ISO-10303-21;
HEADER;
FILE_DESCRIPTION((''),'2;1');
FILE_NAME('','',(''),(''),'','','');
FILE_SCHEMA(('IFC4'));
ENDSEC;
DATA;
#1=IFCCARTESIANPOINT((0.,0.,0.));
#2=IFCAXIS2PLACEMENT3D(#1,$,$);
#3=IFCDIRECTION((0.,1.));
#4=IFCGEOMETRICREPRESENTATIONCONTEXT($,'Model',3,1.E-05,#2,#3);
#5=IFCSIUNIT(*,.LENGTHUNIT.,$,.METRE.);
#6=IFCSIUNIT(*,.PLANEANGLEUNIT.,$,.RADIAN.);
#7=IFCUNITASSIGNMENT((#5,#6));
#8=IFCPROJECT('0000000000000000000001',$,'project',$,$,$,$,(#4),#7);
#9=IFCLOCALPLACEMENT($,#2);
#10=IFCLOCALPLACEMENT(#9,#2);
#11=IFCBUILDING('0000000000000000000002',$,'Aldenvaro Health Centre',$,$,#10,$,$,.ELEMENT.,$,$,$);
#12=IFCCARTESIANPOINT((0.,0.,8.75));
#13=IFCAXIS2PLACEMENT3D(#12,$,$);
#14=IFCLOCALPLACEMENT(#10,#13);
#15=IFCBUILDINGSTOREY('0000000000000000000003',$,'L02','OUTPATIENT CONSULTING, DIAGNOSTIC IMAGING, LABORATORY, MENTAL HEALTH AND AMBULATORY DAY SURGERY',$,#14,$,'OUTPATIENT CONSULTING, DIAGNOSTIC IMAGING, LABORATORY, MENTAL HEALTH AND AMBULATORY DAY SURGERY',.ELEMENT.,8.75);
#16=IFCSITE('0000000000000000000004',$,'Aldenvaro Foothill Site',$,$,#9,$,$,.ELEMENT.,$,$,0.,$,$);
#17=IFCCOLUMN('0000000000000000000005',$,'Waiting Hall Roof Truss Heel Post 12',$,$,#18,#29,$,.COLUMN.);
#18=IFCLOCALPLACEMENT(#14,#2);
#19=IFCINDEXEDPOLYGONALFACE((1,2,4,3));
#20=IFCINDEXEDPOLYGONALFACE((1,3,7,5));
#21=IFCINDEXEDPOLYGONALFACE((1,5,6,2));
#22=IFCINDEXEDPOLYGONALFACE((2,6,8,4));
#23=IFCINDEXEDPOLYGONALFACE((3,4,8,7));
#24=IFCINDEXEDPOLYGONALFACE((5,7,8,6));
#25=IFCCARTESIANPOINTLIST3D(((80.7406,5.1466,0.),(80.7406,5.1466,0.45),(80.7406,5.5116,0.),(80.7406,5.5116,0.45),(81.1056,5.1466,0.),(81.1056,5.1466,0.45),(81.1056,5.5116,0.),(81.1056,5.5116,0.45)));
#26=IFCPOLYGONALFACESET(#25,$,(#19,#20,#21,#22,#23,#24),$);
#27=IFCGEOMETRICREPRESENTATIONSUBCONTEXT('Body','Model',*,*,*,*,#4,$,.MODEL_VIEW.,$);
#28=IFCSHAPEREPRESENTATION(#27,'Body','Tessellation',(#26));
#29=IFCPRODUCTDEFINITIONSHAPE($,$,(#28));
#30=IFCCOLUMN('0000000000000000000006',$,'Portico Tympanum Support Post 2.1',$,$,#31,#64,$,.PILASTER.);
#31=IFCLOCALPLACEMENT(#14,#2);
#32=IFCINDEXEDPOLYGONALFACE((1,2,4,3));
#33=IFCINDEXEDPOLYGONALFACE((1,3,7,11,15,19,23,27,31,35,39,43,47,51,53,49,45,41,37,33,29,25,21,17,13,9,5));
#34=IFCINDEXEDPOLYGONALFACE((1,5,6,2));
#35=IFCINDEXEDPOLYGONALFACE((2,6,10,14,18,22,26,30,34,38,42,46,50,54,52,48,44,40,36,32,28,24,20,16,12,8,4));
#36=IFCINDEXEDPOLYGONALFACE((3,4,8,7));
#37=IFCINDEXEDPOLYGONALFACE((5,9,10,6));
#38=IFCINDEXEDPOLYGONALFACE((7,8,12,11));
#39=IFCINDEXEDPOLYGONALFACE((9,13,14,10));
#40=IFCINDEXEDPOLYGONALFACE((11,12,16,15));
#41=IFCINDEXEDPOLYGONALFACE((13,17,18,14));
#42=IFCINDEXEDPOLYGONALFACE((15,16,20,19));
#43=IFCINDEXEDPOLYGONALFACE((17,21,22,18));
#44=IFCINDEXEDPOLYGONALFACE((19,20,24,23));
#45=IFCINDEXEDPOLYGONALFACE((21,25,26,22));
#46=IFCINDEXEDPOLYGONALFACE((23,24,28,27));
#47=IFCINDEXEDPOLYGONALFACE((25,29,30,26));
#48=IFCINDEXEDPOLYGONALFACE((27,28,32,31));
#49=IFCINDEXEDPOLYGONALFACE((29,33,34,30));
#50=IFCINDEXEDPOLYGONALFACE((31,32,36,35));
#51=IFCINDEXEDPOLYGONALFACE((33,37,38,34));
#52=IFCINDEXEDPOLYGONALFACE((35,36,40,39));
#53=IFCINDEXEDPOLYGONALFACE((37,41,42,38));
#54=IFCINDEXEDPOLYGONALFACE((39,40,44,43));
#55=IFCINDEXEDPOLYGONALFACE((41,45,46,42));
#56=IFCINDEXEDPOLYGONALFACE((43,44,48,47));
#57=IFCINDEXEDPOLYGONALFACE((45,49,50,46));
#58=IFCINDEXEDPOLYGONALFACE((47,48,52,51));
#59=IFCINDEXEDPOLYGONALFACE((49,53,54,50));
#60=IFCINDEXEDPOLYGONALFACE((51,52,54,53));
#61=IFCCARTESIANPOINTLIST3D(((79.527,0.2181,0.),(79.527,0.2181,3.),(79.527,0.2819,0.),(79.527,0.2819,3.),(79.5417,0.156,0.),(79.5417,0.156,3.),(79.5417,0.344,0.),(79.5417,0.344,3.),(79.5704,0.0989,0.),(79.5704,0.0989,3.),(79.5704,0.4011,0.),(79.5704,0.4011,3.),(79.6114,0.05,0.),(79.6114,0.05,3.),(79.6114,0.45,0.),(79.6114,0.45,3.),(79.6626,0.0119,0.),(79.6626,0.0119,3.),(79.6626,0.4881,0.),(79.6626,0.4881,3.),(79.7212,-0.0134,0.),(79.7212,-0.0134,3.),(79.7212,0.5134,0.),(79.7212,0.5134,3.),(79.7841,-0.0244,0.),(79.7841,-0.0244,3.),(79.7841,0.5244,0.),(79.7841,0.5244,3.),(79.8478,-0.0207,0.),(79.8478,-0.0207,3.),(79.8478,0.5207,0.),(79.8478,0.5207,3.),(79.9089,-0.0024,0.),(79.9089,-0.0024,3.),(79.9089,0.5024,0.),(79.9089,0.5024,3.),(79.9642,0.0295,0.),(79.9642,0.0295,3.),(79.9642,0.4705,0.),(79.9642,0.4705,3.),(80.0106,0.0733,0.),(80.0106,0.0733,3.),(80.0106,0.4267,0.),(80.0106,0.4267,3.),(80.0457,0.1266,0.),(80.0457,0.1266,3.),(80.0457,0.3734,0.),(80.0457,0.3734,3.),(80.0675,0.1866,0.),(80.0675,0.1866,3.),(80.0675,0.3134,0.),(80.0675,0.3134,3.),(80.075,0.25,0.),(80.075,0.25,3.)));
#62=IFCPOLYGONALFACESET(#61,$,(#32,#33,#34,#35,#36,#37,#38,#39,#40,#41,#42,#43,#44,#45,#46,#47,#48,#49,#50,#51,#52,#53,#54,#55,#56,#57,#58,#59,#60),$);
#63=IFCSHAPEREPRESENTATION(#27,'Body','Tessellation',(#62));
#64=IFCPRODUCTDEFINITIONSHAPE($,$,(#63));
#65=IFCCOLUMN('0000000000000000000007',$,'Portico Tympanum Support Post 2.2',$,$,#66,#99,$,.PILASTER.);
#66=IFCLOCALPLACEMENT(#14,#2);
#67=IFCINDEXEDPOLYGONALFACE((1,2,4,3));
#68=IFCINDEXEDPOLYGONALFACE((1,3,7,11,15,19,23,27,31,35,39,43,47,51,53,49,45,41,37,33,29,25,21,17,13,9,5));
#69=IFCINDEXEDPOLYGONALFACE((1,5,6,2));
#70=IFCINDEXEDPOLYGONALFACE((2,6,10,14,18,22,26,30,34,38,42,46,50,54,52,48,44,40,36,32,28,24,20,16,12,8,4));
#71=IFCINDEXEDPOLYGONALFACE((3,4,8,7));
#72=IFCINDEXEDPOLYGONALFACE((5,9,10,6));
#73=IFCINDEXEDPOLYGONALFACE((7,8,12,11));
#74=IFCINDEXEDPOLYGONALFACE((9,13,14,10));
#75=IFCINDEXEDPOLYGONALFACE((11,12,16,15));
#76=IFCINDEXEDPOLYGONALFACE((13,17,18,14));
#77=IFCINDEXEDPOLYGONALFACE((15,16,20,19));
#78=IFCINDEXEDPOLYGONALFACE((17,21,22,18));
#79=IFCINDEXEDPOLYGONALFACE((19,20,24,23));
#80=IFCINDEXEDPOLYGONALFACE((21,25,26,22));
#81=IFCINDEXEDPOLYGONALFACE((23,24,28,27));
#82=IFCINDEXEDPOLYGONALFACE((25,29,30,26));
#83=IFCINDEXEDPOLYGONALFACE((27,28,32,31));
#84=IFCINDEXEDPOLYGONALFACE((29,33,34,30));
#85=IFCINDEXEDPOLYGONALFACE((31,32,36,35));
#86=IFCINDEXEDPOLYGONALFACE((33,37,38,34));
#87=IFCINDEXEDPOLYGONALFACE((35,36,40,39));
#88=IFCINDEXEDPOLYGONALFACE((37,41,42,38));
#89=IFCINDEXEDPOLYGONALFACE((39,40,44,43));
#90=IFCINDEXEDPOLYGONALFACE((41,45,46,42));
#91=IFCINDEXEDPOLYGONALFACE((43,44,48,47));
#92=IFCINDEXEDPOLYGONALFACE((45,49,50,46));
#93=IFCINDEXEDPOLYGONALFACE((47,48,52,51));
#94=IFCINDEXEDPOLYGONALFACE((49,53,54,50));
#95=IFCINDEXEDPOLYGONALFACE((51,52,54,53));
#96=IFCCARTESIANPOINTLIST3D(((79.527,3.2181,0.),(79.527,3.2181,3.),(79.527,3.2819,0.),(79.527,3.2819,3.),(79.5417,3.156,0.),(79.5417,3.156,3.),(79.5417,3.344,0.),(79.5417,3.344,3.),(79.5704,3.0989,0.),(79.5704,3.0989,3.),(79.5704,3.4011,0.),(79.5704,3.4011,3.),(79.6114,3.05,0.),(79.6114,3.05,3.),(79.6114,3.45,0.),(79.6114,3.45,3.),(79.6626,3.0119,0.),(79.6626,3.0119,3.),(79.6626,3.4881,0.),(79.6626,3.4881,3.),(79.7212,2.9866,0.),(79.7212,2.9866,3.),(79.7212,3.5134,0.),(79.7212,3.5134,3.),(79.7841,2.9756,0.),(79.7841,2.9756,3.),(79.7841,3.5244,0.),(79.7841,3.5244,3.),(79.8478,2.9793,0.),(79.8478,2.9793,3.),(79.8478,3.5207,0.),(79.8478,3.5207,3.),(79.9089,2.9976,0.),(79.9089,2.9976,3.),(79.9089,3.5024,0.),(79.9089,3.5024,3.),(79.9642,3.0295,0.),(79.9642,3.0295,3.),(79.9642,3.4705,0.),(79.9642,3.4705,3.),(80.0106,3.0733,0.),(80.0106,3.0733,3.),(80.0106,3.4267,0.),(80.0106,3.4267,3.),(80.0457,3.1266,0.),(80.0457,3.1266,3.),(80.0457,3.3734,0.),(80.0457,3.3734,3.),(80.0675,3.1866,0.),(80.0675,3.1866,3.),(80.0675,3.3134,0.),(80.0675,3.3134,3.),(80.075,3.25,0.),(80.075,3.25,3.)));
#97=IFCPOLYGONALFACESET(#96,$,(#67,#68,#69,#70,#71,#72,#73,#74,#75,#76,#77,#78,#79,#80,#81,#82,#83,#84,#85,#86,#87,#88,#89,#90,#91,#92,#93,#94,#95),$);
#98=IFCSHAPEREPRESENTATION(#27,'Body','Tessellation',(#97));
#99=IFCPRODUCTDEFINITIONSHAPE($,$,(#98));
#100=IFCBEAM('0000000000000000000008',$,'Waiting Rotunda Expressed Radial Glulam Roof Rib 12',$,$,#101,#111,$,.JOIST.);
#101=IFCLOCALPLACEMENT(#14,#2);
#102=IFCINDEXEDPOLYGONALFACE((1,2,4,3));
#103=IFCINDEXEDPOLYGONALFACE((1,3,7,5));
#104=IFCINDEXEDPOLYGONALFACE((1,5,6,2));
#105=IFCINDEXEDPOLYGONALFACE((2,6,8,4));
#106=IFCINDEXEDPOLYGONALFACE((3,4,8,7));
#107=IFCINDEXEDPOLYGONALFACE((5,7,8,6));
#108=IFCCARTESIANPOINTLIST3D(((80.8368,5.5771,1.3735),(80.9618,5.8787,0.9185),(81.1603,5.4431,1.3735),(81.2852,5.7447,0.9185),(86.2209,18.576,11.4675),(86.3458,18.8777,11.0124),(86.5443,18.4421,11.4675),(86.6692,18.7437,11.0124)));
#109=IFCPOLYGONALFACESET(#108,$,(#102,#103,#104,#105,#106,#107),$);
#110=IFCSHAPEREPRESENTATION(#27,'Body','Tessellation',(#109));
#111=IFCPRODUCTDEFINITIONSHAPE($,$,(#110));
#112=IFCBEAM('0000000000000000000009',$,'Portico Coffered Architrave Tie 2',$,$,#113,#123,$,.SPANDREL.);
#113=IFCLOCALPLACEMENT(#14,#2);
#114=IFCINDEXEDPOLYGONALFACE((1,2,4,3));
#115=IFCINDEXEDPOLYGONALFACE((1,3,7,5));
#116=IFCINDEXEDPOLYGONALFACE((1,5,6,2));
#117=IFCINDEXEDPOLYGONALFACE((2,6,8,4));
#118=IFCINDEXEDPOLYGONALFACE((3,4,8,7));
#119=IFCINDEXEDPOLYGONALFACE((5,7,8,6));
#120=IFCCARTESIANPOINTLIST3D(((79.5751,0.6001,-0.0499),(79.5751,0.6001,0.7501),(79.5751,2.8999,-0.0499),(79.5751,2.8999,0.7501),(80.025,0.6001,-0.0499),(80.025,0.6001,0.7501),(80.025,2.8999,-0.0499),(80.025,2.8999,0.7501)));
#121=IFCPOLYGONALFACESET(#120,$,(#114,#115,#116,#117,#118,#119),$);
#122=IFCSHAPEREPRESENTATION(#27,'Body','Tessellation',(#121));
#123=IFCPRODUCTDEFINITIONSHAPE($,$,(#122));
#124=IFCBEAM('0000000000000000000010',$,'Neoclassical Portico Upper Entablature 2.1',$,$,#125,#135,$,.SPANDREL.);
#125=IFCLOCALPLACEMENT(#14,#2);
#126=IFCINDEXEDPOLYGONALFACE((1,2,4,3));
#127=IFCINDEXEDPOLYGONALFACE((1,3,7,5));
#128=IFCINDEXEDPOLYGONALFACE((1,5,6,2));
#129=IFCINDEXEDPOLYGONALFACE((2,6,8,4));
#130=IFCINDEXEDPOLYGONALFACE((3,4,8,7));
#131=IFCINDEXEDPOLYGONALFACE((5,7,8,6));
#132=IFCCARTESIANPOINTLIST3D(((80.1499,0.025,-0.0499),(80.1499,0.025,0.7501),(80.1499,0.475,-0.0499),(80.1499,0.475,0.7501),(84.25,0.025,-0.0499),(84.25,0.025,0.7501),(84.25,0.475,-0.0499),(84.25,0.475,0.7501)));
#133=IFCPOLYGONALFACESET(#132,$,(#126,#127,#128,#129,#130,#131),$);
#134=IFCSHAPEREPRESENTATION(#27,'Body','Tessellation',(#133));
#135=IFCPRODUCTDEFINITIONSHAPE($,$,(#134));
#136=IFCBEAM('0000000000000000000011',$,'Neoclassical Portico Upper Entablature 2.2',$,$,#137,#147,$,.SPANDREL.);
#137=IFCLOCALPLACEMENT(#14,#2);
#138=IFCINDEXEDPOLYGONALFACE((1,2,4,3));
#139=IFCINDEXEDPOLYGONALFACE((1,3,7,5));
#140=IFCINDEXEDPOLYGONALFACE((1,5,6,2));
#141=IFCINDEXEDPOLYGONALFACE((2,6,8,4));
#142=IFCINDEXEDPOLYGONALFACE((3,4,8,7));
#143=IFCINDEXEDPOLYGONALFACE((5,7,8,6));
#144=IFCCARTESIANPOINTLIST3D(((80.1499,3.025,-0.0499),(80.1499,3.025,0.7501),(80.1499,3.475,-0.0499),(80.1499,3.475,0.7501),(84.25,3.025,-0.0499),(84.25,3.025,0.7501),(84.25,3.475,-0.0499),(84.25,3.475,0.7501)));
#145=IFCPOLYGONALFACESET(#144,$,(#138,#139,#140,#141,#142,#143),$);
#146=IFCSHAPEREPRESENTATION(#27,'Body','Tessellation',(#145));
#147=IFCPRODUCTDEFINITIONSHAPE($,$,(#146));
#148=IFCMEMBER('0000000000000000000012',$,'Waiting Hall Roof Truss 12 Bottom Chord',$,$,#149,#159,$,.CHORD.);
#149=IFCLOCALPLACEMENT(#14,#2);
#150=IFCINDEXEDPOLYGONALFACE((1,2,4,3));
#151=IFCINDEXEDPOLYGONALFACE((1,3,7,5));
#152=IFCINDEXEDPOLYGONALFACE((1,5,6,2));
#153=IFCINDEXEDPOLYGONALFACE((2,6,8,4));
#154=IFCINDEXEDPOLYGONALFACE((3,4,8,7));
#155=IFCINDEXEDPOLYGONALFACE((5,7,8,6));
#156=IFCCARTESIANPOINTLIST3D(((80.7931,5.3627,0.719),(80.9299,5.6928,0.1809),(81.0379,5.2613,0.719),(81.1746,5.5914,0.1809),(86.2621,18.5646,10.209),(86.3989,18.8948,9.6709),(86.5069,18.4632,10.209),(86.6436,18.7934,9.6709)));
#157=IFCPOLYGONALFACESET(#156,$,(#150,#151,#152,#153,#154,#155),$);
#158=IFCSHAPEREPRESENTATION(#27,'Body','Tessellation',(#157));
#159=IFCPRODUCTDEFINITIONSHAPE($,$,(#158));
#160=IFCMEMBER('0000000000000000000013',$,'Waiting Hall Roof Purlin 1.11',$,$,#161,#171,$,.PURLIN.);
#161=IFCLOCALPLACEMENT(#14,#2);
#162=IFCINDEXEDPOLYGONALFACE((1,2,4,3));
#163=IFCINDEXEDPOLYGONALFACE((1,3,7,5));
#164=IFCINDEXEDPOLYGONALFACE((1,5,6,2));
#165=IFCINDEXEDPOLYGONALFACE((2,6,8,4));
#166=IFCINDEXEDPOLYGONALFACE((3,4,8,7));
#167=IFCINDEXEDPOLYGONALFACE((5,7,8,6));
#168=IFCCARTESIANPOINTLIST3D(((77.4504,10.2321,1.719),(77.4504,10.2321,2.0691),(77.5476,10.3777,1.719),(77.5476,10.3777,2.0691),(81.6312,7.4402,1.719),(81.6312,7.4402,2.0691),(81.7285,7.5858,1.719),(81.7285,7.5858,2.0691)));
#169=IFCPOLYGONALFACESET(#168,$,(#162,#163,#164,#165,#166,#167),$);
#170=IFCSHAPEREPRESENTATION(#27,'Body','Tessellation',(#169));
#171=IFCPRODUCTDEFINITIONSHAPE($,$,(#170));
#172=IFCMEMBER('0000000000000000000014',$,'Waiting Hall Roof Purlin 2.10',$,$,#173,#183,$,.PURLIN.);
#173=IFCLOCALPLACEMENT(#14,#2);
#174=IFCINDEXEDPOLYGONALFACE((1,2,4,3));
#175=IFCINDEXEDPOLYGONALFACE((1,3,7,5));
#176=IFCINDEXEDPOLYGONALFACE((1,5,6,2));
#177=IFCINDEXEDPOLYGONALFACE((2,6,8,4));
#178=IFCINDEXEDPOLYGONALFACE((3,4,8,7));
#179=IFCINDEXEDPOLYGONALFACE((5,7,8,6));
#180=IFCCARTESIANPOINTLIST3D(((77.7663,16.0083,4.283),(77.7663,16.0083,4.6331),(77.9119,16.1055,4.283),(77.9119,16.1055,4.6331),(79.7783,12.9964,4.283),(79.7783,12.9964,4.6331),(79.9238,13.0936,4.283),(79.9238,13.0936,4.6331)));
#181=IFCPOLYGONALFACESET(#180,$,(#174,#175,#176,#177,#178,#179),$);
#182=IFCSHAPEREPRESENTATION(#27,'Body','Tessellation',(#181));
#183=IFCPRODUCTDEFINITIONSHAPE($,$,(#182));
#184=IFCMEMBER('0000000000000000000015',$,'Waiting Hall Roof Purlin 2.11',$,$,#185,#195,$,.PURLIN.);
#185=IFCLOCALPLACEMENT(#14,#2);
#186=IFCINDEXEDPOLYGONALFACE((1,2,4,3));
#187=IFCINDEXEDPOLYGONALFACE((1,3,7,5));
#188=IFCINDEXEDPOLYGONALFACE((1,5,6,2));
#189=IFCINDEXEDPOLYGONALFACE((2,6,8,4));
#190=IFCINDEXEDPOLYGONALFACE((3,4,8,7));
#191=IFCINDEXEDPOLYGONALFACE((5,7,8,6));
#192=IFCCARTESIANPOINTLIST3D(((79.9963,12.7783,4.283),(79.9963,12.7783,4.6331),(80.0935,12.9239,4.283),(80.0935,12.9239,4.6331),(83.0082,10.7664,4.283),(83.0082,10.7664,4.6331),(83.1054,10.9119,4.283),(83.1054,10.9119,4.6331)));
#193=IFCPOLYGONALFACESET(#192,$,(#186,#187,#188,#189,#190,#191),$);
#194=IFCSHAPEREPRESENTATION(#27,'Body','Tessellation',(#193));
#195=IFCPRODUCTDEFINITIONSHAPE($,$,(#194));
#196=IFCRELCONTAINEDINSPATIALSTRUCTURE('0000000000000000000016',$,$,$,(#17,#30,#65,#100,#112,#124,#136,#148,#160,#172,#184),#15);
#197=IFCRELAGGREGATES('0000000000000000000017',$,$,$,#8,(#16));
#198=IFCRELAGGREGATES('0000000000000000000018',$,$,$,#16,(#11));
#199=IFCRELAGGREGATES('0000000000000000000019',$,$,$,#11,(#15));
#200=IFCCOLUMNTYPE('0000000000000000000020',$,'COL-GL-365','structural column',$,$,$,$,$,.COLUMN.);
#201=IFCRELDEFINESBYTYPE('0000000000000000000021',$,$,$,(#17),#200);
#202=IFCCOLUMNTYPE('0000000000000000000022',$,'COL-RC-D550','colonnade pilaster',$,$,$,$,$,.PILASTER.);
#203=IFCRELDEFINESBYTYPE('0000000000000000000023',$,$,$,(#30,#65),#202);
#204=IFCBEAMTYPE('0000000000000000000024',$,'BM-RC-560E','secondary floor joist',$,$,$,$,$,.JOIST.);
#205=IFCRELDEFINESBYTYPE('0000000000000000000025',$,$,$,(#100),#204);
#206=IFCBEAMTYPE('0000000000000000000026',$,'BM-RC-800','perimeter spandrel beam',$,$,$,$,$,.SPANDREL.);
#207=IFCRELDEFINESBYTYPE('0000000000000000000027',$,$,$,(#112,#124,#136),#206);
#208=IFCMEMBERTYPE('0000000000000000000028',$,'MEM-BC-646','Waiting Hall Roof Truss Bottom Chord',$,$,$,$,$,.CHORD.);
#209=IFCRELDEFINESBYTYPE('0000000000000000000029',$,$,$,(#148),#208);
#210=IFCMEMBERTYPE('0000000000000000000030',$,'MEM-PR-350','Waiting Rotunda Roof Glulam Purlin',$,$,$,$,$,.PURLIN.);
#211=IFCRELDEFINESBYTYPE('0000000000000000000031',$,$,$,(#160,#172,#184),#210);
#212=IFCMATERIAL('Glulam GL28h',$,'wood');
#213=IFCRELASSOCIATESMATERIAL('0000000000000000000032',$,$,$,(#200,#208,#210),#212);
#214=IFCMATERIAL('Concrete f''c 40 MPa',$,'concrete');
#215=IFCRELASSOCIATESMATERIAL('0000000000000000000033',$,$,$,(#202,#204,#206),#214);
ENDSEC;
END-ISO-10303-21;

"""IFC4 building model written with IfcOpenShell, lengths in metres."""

from ifc_helpers import new_model, si_unit, direction, frame, origin, origin_2d, place, context, subcontext, project, spatial, rectangle, circle, extrude, material, material_profile, profile_set, type_object, element, save


model = new_model("IFC4")

# Units and contexts
model_context = context("Model", 3, precision=1e-05, world=origin(), true_north=direction((0.0, 1.0)))
body_context = subcontext(model_context, "Body", "Model", "MODEL_VIEW")
ifc_project = project(units=[si_unit("LENGTHUNIT", "METRE"), si_unit("PLANEANGLEUNIT", "RADIAN")], contexts=[model_context])

# Site, building, storey
site_placement = place(None, origin())
site = spatial("IfcSite", under=ifc_project, at=site_placement, Name="Aldenvaro Foothill Site", CompositionType="ELEMENT", RefElevation=0.0)
building_placement = place(site_placement, origin())
building = spatial("IfcBuilding", under=site, at=building_placement, Name="Aldenvaro Health Centre", CompositionType="ELEMENT")
storey_placement = place(building_placement, frame((0.0, 0.0, 8.75)))
storey = spatial("IfcBuildingStorey", under=building, at=storey_placement, Name="L02", Description="OUTPATIENT CONSULTING, DIAGNOSTIC IMAGING, LABORATORY, MENTAL HEALTH AND AMBULATORY DAY SURGERY", LongName="OUTPATIENT CONSULTING, DIAGNOSTIC IMAGING, LABORATORY, MENTAL HEALTH AND AMBULATORY DAY SURGERY", CompositionType="ELEMENT", Elevation=8.75)

# Columns
ifc_material_1 = material(Name="Glulam GL28h", Category="wood")
ifc_material_profile_1 = material_profile(ifc_material_1, rectangle(XDim=0.365, YDim=0.365, at=origin_2d()), Name="GL 365x365", Category="wood")
ifc_profile_set_1 = profile_set([ifc_material_profile_1], Name="Glulam GL28h")
column_type_1 = type_object("IfcColumnType", Name="COL-GL-365", Description="structural column", PredefinedType="COLUMN", material=ifc_profile_set_1)
column_placement = place(storey_placement, frame((80.9231, 5.3291, 0.0), z_axis=(0.0, 0.0, 1.0), x_axis=(1.0, 0.0, 0.0)))
element("IfcColumn", 1, at=column_placement, inside=storey, type_object=column_type_1, Name="Waiting Hall Roof Truss Heel Post 12", PredefinedType="COLUMN", context=body_context, shape_type="SweptSolid", body=[
    extrude(rectangle(XDim=0.365, YDim=0.365, at=origin_2d()), origin(), (0.0, 0.0, 1.0), 0.45),
])
ifc_material_2 = material(Name="Concrete f'c 40 MPa", Category="concrete")
ifc_material_profile_2 = material_profile(ifc_material_2, circle(Radius=0.2749, at=origin_2d()), Name="RC D550", Category="concrete")
ifc_profile_set_2 = profile_set([ifc_material_profile_2], Name="Concrete f'c 40 MPa")
column_type_2 = type_object("IfcColumnType", Name="COL-RC-D550", Description="colonnade pilaster", PredefinedType="PILASTER", material=ifc_profile_set_2)
for number, where, z_axis, x_axis, name in (
    (2, (79.8, 0.25, 0.0), (0.0, 0.0, 1.0), (1.0, 0.0, 0.0), "Portico Tympanum Support Post 2.1"),
    (3, (79.8, 3.25, 0.0), (0.0, 0.0, 1.0), (1.0, 0.0, 0.0), "Portico Tympanum Support Post 2.2"),
):
    element("IfcColumn", number, at=place(storey_placement, frame(where, z_axis=z_axis, x_axis=x_axis)), inside=storey, type_object=column_type_2, Name=name, PredefinedType="PILASTER", context=body_context, shape_type="SweptSolid", body=[
        extrude(circle(Radius=0.2749, at=origin_2d()), origin(), (0.0, 0.0, 1.0), 3.0),
    ])

# Beams
ifc_material_profile_3 = material_profile(ifc_material_2, rectangle(XDim=0.3501, YDim=0.5601, at=origin_2d()), Name="RC 350x560", Category="concrete")
ifc_profile_set_3 = profile_set([ifc_material_profile_3], Name="Concrete f'c 40 MPa")
beam_type_1 = type_object("IfcBeamType", Name="BM-RC-560E", Description="secondary floor joist", PredefinedType="JOIST", material=ifc_profile_set_3)
beam_1_placement = place(storey_placement, frame((81.061, 5.6609, 1.146), z_axis=(0.310924, 0.750685, 0.582922), x_axis=(-0.923888, 0.382663, 0.0)))
element("IfcBeam", 4, at=beam_1_placement, inside=storey, type_object=beam_type_1, Name="Waiting Rotunda Expressed Radial Glulam Roof Rib 12", PredefinedType="JOIST", context=body_context, shape_type="SweptSolid", body=[
    extrude(rectangle(XDim=0.3501, YDim=0.5601, at=origin_2d()), origin(), (0.0, 0.0, 1.0), 17.3162),
])
ifc_material_profile_4 = material_profile(ifc_material_2, rectangle(XDim=0.45, YDim=0.8, at=origin_2d()), Name="RC 450x800", Category="concrete")
ifc_profile_set_4 = profile_set([ifc_material_profile_4], Name="Concrete f'c 40 MPa")
beam_type_2 = type_object("IfcBeamType", Name="BM-RC-800", Description="perimeter spandrel beam", PredefinedType="SPANDREL", material=ifc_profile_set_4)
beam_2_placement = place(storey_placement, frame((79.8, 0.6001, 0.3501), z_axis=(0.0, 1.0, 0.0), x_axis=(-1.0, 0.0, 0.0)))
element("IfcBeam", 5, at=beam_2_placement, inside=storey, type_object=beam_type_2, Name="Portico Coffered Architrave Tie 2", PredefinedType="SPANDREL", context=body_context, shape_type="SweptSolid", body=[
    extrude(rectangle(XDim=0.45, YDim=0.8, at=origin_2d()), origin(), (0.0, 0.0, 1.0), 2.2998),
])
for number, where, z_axis, x_axis, name in (
    (6, (80.1499, 0.25, 0.3501), (1.0, 0.0, 0.0), (0.0, 1.0, 0.0), "Neoclassical Portico Upper Entablature 2.1"),
    (7, (80.1499, 3.25, 0.3501), (1.0, 0.0, 0.0), (0.0, 1.0, 0.0), "Neoclassical Portico Upper Entablature 2.2"),
):
    element("IfcBeam", number, at=place(storey_placement, frame(where, z_axis=z_axis, x_axis=x_axis)), inside=storey, type_object=beam_type_2, Name=name, PredefinedType="SPANDREL", context=body_context, shape_type="SweptSolid", body=[
        extrude(rectangle(XDim=0.45, YDim=0.8, at=origin_2d()), origin(), (0.0, 0.0, 1.0), 4.1001),
    ])

# Members
ifc_material_profile_5 = material_profile(ifc_material_1, rectangle(XDim=0.2649, YDim=0.646, at=origin_2d()), Name="GL 265x646", Category="wood")
ifc_profile_set_5 = profile_set([ifc_material_profile_5], Name="Glulam GL28h")
member_type_1 = type_object("IfcMemberType", Name="MEM-BC-646", Description="Waiting Hall Roof Truss Bottom Chord", PredefinedType="CHORD", material=ifc_profile_set_5)
member_1_placement = place(storey_placement, frame((80.9839, 5.4771, 0.45), z_axis=(0.318817, 0.76961, 0.553223), x_axis=(-0.923865, 0.382718, 0.0)))
element("IfcMember", 8, at=member_1_placement, inside=storey, type_object=member_type_1, Name="Waiting Hall Roof Truss 12 Bottom Chord", PredefinedType="CHORD", context=body_context, shape_type="SweptSolid", body=[
    extrude(rectangle(XDim=0.2649, YDim=0.646, at=origin_2d()), origin(), (0.0, 0.0, 1.0), 17.1541),
])
ifc_material_profile_6 = material_profile(ifc_material_1, rectangle(XDim=0.175, YDim=0.3501, at=origin_2d()), Name="GL 175x350", Category="wood")
ifc_profile_set_6 = profile_set([ifc_material_profile_6], Name="Glulam GL28h")
member_type_2 = type_object("IfcMemberType", Name="MEM-PR-350", Description="Waiting Rotunda Roof Glulam Purlin", PredefinedType="PURLIN", material=ifc_profile_set_6)
member_2_placement = place(storey_placement, frame((77.499, 10.3049, 1.894), z_axis=(0.831617, -0.55535, 0.0), x_axis=(0.55535, 0.831617, 0.0)))
element("IfcMember", 9, at=member_2_placement, inside=storey, type_object=member_type_2, Name="Waiting Hall Roof Purlin 1.11", PredefinedType="PURLIN", context=body_context, shape_type="SweptSolid", body=[
    extrude(rectangle(XDim=0.175, YDim=0.3501, at=origin_2d()), origin(), (0.0, 0.0, 1.0), 5.0273),
])
for number, where, z_axis, x_axis, name in (
    (10, (77.8391, 16.0569, 4.458), (0.555462, -0.831542, 0.0), (0.831542, 0.555462, 0.0), "Waiting Hall Roof Purlin 2.10"),
    (11, (80.0449, 12.8511, 4.458), (0.831542, -0.555462, 0.0), (0.555462, 0.831542, 0.0), "Waiting Hall Roof Purlin 2.11"),
):
    element("IfcMember", number, at=place(storey_placement, frame(where, z_axis=z_axis, x_axis=x_axis)), inside=storey, type_object=member_type_2, Name=name, PredefinedType="PURLIN", context=body_context, shape_type="SweptSolid", body=[
        extrude(rectangle(XDim=0.175, YDim=0.3501, at=origin_2d()), origin(), (0.0, 0.0, 1.0), 3.6221),
    ])

save(model, "model.ifc")
